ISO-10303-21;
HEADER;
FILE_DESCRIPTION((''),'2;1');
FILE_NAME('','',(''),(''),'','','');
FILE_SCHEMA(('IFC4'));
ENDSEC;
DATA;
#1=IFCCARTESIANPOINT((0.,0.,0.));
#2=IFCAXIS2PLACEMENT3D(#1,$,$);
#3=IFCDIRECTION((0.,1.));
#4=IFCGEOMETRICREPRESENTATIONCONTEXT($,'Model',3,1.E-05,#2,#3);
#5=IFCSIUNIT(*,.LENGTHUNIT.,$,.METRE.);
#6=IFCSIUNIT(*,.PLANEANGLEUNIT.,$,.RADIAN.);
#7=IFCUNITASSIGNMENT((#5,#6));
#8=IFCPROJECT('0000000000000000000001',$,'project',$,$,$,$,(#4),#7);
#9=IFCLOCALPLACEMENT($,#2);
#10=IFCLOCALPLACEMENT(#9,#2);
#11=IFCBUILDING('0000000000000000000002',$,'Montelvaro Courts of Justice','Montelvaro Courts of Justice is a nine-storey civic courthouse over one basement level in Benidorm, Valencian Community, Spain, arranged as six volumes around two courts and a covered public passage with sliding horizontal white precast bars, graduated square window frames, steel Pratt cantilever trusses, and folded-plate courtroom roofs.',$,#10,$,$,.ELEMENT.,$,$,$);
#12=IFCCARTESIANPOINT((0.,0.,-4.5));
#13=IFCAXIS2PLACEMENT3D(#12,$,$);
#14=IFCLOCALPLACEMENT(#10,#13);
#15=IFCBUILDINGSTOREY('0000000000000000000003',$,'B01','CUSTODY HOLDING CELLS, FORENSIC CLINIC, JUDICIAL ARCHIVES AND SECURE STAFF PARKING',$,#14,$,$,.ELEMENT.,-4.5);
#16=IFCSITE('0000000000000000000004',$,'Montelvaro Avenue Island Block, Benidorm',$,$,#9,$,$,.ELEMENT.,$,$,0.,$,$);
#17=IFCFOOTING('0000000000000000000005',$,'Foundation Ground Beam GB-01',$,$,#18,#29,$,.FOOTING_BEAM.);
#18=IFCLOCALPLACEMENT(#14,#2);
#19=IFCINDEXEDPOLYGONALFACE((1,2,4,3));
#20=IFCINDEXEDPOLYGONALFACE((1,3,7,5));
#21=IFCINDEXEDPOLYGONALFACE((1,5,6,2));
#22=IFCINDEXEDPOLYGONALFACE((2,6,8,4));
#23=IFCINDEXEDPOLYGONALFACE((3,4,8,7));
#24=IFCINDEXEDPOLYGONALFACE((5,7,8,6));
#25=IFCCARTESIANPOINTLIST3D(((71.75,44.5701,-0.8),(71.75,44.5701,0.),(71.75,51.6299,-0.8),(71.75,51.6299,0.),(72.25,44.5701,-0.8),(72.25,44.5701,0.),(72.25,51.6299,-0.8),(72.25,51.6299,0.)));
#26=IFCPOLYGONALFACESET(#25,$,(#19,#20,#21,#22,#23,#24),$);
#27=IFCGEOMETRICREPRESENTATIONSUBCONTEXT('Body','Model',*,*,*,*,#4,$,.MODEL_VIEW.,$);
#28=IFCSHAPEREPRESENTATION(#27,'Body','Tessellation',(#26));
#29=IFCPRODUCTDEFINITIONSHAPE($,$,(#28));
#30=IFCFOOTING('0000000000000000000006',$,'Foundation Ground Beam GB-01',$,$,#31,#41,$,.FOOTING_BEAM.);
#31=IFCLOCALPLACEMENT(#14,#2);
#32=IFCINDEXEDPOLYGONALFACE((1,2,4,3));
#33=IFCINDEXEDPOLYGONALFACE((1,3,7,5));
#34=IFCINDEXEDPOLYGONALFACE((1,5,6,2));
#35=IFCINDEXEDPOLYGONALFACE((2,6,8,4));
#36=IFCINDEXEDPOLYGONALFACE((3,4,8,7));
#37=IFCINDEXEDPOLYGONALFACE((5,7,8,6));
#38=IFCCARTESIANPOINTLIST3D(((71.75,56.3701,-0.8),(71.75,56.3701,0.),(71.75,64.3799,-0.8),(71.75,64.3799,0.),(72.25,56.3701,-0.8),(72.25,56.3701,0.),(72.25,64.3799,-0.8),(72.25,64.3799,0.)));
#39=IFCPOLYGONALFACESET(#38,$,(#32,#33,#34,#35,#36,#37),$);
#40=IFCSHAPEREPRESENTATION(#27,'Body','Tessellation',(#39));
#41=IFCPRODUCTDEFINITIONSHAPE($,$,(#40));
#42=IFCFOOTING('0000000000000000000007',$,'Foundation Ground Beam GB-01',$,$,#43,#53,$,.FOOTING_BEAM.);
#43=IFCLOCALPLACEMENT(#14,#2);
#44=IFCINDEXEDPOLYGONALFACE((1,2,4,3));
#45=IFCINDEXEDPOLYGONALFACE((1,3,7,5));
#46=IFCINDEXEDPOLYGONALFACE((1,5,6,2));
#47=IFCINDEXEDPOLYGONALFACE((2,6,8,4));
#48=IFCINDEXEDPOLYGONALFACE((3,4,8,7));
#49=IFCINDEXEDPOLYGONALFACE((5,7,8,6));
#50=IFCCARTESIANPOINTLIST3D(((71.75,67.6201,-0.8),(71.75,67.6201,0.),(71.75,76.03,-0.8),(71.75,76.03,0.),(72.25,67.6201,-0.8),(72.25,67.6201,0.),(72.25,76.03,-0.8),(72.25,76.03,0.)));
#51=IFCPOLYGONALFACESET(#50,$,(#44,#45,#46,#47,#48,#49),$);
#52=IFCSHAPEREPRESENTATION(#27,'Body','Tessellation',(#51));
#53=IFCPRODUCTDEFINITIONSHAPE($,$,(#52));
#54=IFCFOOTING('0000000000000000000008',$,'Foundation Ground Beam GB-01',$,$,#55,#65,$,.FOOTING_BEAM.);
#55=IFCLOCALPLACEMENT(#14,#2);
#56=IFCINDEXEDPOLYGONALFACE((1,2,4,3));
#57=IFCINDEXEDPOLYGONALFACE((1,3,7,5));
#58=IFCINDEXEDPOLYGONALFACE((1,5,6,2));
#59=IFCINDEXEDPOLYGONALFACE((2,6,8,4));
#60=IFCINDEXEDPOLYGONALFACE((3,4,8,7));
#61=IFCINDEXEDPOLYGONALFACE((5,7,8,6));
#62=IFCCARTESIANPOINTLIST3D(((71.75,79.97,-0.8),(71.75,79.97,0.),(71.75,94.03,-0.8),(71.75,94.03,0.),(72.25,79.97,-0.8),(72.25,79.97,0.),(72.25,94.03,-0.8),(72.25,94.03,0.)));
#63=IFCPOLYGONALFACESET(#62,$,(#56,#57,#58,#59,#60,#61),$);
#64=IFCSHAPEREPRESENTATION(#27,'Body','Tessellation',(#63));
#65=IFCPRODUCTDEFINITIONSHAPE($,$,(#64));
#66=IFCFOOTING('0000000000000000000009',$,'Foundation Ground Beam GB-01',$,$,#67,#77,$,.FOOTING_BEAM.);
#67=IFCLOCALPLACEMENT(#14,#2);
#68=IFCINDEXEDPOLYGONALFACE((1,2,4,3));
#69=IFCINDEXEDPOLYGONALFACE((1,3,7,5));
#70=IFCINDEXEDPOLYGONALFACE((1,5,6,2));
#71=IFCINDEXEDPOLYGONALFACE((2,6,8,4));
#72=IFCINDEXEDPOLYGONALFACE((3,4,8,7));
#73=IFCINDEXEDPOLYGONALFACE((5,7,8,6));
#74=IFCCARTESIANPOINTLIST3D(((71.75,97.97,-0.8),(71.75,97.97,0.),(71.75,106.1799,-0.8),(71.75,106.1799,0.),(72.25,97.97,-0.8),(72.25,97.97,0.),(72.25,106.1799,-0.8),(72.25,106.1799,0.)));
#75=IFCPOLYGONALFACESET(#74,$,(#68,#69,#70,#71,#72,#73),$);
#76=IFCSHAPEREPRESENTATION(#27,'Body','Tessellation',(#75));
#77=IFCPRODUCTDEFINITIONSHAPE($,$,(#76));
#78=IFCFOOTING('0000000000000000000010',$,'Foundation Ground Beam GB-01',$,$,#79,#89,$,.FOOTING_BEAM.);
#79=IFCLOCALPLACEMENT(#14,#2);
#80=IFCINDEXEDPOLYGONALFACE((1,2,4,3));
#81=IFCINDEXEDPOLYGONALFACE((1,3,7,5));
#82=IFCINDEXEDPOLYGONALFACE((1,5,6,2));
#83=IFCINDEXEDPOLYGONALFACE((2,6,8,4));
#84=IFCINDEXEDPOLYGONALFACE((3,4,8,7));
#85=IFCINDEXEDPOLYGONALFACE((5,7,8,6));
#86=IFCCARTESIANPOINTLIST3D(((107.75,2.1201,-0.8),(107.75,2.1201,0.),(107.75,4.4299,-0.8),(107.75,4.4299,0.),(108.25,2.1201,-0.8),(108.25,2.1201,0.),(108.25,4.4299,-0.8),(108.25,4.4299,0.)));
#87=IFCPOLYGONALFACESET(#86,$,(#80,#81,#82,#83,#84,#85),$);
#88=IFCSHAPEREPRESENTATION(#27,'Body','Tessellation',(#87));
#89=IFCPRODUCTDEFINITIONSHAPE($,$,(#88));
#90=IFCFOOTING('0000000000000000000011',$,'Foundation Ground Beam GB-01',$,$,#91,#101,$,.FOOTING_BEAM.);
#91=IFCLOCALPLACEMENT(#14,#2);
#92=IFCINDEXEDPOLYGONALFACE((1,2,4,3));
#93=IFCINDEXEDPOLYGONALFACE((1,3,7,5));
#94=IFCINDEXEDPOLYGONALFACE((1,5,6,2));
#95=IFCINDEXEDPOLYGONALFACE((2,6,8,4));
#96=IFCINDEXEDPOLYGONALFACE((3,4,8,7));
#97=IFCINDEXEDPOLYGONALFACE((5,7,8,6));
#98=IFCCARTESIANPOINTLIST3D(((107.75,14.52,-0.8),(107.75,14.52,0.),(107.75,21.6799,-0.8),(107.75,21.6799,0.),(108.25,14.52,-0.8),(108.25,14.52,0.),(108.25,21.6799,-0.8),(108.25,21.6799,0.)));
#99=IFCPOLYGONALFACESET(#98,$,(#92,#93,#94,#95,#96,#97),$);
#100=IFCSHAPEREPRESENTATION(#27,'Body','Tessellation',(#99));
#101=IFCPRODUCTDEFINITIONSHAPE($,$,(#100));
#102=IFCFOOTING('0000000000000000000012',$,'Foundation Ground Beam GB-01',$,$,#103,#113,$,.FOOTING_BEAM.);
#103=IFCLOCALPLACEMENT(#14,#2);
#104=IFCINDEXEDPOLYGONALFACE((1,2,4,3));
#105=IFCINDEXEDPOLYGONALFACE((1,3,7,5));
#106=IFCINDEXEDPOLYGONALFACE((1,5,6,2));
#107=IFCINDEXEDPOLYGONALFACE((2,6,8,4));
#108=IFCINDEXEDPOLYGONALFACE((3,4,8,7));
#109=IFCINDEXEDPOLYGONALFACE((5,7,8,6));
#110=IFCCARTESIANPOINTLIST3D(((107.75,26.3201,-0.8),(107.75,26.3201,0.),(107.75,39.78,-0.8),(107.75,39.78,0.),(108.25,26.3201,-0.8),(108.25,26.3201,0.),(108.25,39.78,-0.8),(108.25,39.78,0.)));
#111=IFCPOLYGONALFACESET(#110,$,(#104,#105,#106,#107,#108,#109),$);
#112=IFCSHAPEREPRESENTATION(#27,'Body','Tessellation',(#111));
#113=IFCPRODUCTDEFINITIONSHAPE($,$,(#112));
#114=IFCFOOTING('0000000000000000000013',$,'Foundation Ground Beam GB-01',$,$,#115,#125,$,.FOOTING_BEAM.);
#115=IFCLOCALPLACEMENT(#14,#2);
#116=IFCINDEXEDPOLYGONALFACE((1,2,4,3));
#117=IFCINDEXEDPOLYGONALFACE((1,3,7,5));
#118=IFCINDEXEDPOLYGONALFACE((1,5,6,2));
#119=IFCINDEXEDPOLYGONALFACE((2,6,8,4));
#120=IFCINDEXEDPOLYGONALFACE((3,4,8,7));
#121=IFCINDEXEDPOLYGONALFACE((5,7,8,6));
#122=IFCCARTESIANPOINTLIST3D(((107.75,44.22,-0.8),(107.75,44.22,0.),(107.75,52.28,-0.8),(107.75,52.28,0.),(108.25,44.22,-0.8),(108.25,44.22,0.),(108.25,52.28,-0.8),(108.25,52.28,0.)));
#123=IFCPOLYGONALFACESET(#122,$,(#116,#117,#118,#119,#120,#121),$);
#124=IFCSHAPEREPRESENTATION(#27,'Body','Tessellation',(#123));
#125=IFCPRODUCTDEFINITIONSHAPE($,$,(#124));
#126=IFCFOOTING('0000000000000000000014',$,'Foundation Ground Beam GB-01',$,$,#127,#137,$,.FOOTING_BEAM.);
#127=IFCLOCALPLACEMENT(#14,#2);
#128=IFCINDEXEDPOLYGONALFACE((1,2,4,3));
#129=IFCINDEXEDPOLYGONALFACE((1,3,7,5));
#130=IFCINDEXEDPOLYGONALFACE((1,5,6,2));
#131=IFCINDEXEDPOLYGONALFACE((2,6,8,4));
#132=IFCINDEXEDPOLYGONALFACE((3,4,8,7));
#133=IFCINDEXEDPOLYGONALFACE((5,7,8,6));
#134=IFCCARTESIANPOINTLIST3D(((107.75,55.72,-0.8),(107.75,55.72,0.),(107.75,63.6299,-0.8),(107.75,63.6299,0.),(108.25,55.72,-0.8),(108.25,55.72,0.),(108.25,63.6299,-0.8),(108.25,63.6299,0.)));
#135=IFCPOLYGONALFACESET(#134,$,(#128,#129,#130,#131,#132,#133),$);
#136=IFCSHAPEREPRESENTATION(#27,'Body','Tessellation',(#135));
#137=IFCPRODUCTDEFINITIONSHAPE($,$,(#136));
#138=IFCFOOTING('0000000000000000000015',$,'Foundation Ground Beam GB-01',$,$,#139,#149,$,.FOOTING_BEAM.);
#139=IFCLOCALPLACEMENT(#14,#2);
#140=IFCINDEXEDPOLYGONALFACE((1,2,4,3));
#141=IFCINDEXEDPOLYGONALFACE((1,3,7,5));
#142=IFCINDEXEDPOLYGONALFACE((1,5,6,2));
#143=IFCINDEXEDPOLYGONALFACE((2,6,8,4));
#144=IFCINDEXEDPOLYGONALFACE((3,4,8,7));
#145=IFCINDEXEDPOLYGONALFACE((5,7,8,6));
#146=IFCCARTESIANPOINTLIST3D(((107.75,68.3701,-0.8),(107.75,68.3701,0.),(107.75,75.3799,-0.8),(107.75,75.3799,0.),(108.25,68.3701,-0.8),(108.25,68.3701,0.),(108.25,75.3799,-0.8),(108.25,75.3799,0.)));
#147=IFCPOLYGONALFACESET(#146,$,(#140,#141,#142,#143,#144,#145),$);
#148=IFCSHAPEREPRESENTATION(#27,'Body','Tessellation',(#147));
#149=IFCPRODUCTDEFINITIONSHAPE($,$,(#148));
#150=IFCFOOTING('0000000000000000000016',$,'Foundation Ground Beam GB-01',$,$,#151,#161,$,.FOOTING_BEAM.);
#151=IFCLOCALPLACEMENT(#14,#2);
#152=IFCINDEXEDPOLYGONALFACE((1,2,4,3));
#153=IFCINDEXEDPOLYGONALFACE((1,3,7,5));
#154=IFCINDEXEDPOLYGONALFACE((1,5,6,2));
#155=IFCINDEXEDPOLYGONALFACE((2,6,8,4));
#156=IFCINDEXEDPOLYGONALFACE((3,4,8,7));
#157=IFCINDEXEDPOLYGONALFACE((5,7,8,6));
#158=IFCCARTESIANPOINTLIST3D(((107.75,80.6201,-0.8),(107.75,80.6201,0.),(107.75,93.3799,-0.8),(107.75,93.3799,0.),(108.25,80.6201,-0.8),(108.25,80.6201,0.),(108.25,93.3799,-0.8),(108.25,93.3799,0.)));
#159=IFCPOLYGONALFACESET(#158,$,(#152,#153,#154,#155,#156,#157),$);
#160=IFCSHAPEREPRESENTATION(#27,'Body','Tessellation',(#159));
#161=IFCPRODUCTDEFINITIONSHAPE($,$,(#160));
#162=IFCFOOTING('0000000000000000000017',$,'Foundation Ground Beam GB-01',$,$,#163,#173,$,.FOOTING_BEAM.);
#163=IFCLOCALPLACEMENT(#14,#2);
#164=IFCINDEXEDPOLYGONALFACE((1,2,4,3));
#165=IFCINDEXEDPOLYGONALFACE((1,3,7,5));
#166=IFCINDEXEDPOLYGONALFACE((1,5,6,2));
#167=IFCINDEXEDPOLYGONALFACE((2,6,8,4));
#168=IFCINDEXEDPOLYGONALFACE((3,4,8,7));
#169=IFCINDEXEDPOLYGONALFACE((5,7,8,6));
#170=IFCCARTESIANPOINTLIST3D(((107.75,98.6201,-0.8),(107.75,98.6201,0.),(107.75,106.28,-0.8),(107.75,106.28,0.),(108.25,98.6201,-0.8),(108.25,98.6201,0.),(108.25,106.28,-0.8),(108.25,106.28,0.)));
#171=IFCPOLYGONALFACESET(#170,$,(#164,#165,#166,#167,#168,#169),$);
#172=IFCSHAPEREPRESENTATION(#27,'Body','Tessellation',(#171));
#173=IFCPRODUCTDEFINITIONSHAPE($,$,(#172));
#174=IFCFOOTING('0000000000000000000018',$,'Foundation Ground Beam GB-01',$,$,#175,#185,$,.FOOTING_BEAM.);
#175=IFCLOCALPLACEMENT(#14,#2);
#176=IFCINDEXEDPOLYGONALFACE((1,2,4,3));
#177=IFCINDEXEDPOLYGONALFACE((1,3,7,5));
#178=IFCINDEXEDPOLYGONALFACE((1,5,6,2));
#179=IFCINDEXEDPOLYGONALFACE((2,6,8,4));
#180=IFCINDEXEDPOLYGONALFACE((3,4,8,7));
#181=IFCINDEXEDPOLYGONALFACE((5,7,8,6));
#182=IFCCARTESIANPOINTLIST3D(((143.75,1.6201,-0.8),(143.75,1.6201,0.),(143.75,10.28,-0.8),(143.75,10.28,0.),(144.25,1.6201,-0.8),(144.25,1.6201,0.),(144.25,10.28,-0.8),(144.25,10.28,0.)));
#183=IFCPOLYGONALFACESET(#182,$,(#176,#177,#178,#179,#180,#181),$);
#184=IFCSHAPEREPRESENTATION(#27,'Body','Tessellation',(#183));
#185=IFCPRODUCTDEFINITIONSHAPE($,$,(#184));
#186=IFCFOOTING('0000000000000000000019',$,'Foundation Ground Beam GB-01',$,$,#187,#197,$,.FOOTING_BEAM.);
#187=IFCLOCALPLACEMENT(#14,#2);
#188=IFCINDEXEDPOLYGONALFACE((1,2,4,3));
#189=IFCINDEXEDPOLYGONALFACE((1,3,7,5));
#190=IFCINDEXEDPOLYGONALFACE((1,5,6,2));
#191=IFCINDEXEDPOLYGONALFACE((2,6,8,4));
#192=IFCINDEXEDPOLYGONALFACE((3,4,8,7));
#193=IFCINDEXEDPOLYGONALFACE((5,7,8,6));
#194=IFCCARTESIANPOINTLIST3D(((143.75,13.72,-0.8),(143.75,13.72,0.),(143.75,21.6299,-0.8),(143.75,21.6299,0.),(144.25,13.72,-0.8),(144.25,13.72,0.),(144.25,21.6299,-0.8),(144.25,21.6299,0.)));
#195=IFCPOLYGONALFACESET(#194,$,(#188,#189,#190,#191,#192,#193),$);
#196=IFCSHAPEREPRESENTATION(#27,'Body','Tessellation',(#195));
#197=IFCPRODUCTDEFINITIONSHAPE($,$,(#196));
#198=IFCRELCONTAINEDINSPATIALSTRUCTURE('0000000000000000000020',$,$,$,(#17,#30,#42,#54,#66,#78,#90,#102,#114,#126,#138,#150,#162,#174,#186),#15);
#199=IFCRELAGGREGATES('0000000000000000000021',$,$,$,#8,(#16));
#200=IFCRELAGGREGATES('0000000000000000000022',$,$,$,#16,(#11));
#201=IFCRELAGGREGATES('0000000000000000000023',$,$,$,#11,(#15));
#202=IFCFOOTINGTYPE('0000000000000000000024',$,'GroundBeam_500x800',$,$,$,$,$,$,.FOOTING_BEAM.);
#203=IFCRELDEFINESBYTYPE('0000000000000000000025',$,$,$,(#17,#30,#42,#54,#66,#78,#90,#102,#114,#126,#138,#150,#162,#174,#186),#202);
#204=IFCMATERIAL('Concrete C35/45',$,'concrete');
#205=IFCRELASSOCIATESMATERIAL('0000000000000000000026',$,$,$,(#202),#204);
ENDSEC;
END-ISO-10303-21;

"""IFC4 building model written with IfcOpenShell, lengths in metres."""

from ifc_helpers import new_model, si_unit, direction, frame, origin, place, context, subcontext, project, spatial, polyline, outline, extrude, material, type_object, element, save


model = new_model("IFC4")

# Units and contexts
model_context = context("Model", 3, precision=1e-05, world=origin(), true_north=direction((0.0, 1.0)))
body_context = subcontext(model_context, "Body", "Model", "MODEL_VIEW")
ifc_project = project(units=[si_unit("LENGTHUNIT", "METRE"), si_unit("PLANEANGLEUNIT", "RADIAN")], contexts=[model_context])

# Site, building, storey
site_placement = place(None, origin())
site = spatial("IfcSite", under=ifc_project, at=site_placement, Name="Montelvaro Avenue Island Block, Benidorm", CompositionType="ELEMENT", RefElevation=0.0)
building_placement = place(site_placement, origin())
building = spatial("IfcBuilding", under=site, at=building_placement, Name="Montelvaro Courts of Justice", Description="Montelvaro Courts of Justice is a nine-storey civic courthouse over one basement level in Benidorm, Valencian Community, Spain, arranged as six volumes around two courts and a covered public passage with sliding horizontal white precast bars, graduated square window frames, steel Pratt cantilever trusses, and folded-plate courtroom roofs.", CompositionType="ELEMENT")
storey_placement = place(building_placement, frame((0.0, 0.0, -4.5)))
storey = spatial("IfcBuildingStorey", under=building, at=storey_placement, Name="B01", Description="CUSTODY HOLDING CELLS, FORENSIC CLINIC, JUDICIAL ARCHIVES AND SECURE STAFF PARKING", CompositionType="ELEMENT", Elevation=-4.5)

# Footings
ifc_material = material(Name="Concrete C35/45", Category="concrete")
footing_type = type_object("IfcFootingType", Name="GroundBeam_500x800", PredefinedType="FOOTING_BEAM", material=ifc_material)
footing_1_placement = place(storey_placement, frame((0.0, 0.0, -0.8)))
element("IfcFooting", 1, at=footing_1_placement, inside=storey, type_object=footing_type, Name="Foundation Ground Beam GB-01", PredefinedType="FOOTING_BEAM", context=body_context, shape_type="SweptSolid", body=[
    extrude(outline(polyline([(71.75, 44.5701), (72.25, 44.5701), (72.25, 51.6299), (71.75, 51.6299), (71.75, 44.5701)])), origin(), (0.0, 0.0, 1.0), 0.8),
])
footing_2_placement = place(storey_placement, frame((0.0, 0.0, -0.8)))
element("IfcFooting", 2, at=footing_2_placement, inside=storey, type_object=footing_type, Name="Foundation Ground Beam GB-01", PredefinedType="FOOTING_BEAM", context=body_context, shape_type="SweptSolid", body=[
    extrude(outline(polyline([(71.75, 56.3701), (72.25, 56.3701), (72.25, 64.3799), (71.75, 64.3799), (71.75, 56.3701)])), origin(), (0.0, 0.0, 1.0), 0.8),
])
footing_3_placement = place(storey_placement, frame((0.0, 0.0, -0.8)))
element("IfcFooting", 3, at=footing_3_placement, inside=storey, type_object=footing_type, Name="Foundation Ground Beam GB-01", PredefinedType="FOOTING_BEAM", context=body_context, shape_type="SweptSolid", body=[
    extrude(outline(polyline([(71.75, 67.6201), (72.25, 67.6201), (72.25, 76.03), (71.75, 76.03), (71.75, 67.6201)])), origin(), (0.0, 0.0, 1.0), 0.8),
])
footing_4_placement = place(storey_placement, frame((0.0, 0.0, -0.8)))
element("IfcFooting", 4, at=footing_4_placement, inside=storey, type_object=footing_type, Name="Foundation Ground Beam GB-01", PredefinedType="FOOTING_BEAM", context=body_context, shape_type="SweptSolid", body=[
    extrude(outline(polyline([(71.75, 79.97), (72.25, 79.97), (72.25, 94.03), (71.75, 94.03), (71.75, 79.97)])), origin(), (0.0, 0.0, 1.0), 0.8),
])
footing_5_placement = place(storey_placement, frame((0.0, 0.0, -0.8)))
element("IfcFooting", 5, at=footing_5_placement, inside=storey, type_object=footing_type, Name="Foundation Ground Beam GB-01", PredefinedType="FOOTING_BEAM", context=body_context, shape_type="SweptSolid", body=[
    extrude(outline(polyline([(71.75, 97.97), (72.25, 97.97), (72.25, 106.1799), (71.75, 106.1799), (71.75, 97.97)])), origin(), (0.0, 0.0, 1.0), 0.8),
])
footing_6_placement = place(storey_placement, frame((0.0, 0.0, -0.8)))
element("IfcFooting", 6, at=footing_6_placement, inside=storey, type_object=footing_type, Name="Foundation Ground Beam GB-01", PredefinedType="FOOTING_BEAM", context=body_context, shape_type="SweptSolid", body=[
    extrude(outline(polyline([(107.75, 2.1201), (108.25, 2.1201), (108.25, 4.4299), (107.75, 4.4299), (107.75, 2.1201)])), origin(), (0.0, 0.0, 1.0), 0.8),
])
footing_7_placement = place(storey_placement, frame((0.0, 0.0, -0.8)))
element("IfcFooting", 7, at=footing_7_placement, inside=storey, type_object=footing_type, Name="Foundation Ground Beam GB-01", PredefinedType="FOOTING_BEAM", context=body_context, shape_type="SweptSolid", body=[
    extrude(outline(polyline([(107.75, 14.52), (108.25, 14.52), (108.25, 21.6799), (107.75, 21.6799), (107.75, 14.52)])), origin(), (0.0, 0.0, 1.0), 0.8),
])
footing_8_placement = place(storey_placement, frame((0.0, 0.0, -0.8)))
element("IfcFooting", 8, at=footing_8_placement, inside=storey, type_object=footing_type, Name="Foundation Ground Beam GB-01", PredefinedType="FOOTING_BEAM", context=body_context, shape_type="SweptSolid", body=[
    extrude(outline(polyline([(107.75, 26.3201), (108.25, 26.3201), (108.25, 39.78), (107.75, 39.78), (107.75, 26.3201)])), origin(), (0.0, 0.0, 1.0), 0.8),
])
footing_9_placement = place(storey_placement, frame((0.0, 0.0, -0.8)))
element("IfcFooting", 9, at=footing_9_placement, inside=storey, type_object=footing_type, Name="Foundation Ground Beam GB-01", PredefinedType="FOOTING_BEAM", context=body_context, shape_type="SweptSolid", body=[
    extrude(outline(polyline([(107.75, 44.22), (108.25, 44.22), (108.25, 52.28), (107.75, 52.28), (107.75, 44.22)])), origin(), (0.0, 0.0, 1.0), 0.8),
])
footing_10_placement = place(storey_placement, frame((0.0, 0.0, -0.8)))
element("IfcFooting", 10, at=footing_10_placement, inside=storey, type_object=footing_type, Name="Foundation Ground Beam GB-01", PredefinedType="FOOTING_BEAM", context=body_context, shape_type="SweptSolid", body=[
    extrude(outline(polyline([(107.75, 55.72), (108.25, 55.72), (108.25, 63.6299), (107.75, 63.6299), (107.75, 55.72)])), origin(), (0.0, 0.0, 1.0), 0.8),
])
footing_11_placement = place(storey_placement, frame((0.0, 0.0, -0.8)))
element("IfcFooting", 11, at=footing_11_placement, inside=storey, type_object=footing_type, Name="Foundation Ground Beam GB-01", PredefinedType="FOOTING_BEAM", context=body_context, shape_type="SweptSolid", body=[
    extrude(outline(polyline([(107.75, 68.3701), (108.25, 68.3701), (108.25, 75.3799), (107.75, 75.3799), (107.75, 68.3701)])), origin(), (0.0, 0.0, 1.0), 0.8),
])
footing_12_placement = place(storey_placement, frame((0.0, 0.0, -0.8)))
element("IfcFooting", 12, at=footing_12_placement, inside=storey, type_object=footing_type, Name="Foundation Ground Beam GB-01", PredefinedType="FOOTING_BEAM", context=body_context, shape_type="SweptSolid", body=[
    extrude(outline(polyline([(107.75, 80.6201), (108.25, 80.6201), (108.25, 93.3799), (107.75, 93.3799), (107.75, 80.6201)])), origin(), (0.0, 0.0, 1.0), 0.8),
])
footing_13_placement = place(storey_placement, frame((0.0, 0.0, -0.8)))
element("IfcFooting", 13, at=footing_13_placement, inside=storey, type_object=footing_type, Name="Foundation Ground Beam GB-01", PredefinedType="FOOTING_BEAM", context=body_context, shape_type="SweptSolid", body=[
    extrude(outline(polyline([(107.75, 98.6201), (108.25, 98.6201), (108.25, 106.28), (107.75, 106.28), (107.75, 98.6201)])), origin(), (0.0, 0.0, 1.0), 0.8),
])
footing_14_placement = place(storey_placement, frame((0.0, 0.0, -0.8)))
element("IfcFooting", 14, at=footing_14_placement, inside=storey, type_object=footing_type, Name="Foundation Ground Beam GB-01", PredefinedType="FOOTING_BEAM", context=body_context, shape_type="SweptSolid", body=[
    extrude(outline(polyline([(143.75, 1.6201), (144.25, 1.6201), (144.25, 10.28), (143.75, 10.28), (143.75, 1.6201)])), origin(), (0.0, 0.0, 1.0), 0.8),
])
footing_15_placement = place(storey_placement, frame((0.0, 0.0, -0.8)))
element("IfcFooting", 15, at=footing_15_placement, inside=storey, type_object=footing_type, Name="Foundation Ground Beam GB-01", PredefinedType="FOOTING_BEAM", context=body_context, shape_type="SweptSolid", body=[
    extrude(outline(polyline([(143.75, 13.72), (144.25, 13.72), (144.25, 21.6299), (143.75, 21.6299), (143.75, 13.72)])), origin(), (0.0, 0.0, 1.0), 0.8),
])

save(model, "model.ifc")
